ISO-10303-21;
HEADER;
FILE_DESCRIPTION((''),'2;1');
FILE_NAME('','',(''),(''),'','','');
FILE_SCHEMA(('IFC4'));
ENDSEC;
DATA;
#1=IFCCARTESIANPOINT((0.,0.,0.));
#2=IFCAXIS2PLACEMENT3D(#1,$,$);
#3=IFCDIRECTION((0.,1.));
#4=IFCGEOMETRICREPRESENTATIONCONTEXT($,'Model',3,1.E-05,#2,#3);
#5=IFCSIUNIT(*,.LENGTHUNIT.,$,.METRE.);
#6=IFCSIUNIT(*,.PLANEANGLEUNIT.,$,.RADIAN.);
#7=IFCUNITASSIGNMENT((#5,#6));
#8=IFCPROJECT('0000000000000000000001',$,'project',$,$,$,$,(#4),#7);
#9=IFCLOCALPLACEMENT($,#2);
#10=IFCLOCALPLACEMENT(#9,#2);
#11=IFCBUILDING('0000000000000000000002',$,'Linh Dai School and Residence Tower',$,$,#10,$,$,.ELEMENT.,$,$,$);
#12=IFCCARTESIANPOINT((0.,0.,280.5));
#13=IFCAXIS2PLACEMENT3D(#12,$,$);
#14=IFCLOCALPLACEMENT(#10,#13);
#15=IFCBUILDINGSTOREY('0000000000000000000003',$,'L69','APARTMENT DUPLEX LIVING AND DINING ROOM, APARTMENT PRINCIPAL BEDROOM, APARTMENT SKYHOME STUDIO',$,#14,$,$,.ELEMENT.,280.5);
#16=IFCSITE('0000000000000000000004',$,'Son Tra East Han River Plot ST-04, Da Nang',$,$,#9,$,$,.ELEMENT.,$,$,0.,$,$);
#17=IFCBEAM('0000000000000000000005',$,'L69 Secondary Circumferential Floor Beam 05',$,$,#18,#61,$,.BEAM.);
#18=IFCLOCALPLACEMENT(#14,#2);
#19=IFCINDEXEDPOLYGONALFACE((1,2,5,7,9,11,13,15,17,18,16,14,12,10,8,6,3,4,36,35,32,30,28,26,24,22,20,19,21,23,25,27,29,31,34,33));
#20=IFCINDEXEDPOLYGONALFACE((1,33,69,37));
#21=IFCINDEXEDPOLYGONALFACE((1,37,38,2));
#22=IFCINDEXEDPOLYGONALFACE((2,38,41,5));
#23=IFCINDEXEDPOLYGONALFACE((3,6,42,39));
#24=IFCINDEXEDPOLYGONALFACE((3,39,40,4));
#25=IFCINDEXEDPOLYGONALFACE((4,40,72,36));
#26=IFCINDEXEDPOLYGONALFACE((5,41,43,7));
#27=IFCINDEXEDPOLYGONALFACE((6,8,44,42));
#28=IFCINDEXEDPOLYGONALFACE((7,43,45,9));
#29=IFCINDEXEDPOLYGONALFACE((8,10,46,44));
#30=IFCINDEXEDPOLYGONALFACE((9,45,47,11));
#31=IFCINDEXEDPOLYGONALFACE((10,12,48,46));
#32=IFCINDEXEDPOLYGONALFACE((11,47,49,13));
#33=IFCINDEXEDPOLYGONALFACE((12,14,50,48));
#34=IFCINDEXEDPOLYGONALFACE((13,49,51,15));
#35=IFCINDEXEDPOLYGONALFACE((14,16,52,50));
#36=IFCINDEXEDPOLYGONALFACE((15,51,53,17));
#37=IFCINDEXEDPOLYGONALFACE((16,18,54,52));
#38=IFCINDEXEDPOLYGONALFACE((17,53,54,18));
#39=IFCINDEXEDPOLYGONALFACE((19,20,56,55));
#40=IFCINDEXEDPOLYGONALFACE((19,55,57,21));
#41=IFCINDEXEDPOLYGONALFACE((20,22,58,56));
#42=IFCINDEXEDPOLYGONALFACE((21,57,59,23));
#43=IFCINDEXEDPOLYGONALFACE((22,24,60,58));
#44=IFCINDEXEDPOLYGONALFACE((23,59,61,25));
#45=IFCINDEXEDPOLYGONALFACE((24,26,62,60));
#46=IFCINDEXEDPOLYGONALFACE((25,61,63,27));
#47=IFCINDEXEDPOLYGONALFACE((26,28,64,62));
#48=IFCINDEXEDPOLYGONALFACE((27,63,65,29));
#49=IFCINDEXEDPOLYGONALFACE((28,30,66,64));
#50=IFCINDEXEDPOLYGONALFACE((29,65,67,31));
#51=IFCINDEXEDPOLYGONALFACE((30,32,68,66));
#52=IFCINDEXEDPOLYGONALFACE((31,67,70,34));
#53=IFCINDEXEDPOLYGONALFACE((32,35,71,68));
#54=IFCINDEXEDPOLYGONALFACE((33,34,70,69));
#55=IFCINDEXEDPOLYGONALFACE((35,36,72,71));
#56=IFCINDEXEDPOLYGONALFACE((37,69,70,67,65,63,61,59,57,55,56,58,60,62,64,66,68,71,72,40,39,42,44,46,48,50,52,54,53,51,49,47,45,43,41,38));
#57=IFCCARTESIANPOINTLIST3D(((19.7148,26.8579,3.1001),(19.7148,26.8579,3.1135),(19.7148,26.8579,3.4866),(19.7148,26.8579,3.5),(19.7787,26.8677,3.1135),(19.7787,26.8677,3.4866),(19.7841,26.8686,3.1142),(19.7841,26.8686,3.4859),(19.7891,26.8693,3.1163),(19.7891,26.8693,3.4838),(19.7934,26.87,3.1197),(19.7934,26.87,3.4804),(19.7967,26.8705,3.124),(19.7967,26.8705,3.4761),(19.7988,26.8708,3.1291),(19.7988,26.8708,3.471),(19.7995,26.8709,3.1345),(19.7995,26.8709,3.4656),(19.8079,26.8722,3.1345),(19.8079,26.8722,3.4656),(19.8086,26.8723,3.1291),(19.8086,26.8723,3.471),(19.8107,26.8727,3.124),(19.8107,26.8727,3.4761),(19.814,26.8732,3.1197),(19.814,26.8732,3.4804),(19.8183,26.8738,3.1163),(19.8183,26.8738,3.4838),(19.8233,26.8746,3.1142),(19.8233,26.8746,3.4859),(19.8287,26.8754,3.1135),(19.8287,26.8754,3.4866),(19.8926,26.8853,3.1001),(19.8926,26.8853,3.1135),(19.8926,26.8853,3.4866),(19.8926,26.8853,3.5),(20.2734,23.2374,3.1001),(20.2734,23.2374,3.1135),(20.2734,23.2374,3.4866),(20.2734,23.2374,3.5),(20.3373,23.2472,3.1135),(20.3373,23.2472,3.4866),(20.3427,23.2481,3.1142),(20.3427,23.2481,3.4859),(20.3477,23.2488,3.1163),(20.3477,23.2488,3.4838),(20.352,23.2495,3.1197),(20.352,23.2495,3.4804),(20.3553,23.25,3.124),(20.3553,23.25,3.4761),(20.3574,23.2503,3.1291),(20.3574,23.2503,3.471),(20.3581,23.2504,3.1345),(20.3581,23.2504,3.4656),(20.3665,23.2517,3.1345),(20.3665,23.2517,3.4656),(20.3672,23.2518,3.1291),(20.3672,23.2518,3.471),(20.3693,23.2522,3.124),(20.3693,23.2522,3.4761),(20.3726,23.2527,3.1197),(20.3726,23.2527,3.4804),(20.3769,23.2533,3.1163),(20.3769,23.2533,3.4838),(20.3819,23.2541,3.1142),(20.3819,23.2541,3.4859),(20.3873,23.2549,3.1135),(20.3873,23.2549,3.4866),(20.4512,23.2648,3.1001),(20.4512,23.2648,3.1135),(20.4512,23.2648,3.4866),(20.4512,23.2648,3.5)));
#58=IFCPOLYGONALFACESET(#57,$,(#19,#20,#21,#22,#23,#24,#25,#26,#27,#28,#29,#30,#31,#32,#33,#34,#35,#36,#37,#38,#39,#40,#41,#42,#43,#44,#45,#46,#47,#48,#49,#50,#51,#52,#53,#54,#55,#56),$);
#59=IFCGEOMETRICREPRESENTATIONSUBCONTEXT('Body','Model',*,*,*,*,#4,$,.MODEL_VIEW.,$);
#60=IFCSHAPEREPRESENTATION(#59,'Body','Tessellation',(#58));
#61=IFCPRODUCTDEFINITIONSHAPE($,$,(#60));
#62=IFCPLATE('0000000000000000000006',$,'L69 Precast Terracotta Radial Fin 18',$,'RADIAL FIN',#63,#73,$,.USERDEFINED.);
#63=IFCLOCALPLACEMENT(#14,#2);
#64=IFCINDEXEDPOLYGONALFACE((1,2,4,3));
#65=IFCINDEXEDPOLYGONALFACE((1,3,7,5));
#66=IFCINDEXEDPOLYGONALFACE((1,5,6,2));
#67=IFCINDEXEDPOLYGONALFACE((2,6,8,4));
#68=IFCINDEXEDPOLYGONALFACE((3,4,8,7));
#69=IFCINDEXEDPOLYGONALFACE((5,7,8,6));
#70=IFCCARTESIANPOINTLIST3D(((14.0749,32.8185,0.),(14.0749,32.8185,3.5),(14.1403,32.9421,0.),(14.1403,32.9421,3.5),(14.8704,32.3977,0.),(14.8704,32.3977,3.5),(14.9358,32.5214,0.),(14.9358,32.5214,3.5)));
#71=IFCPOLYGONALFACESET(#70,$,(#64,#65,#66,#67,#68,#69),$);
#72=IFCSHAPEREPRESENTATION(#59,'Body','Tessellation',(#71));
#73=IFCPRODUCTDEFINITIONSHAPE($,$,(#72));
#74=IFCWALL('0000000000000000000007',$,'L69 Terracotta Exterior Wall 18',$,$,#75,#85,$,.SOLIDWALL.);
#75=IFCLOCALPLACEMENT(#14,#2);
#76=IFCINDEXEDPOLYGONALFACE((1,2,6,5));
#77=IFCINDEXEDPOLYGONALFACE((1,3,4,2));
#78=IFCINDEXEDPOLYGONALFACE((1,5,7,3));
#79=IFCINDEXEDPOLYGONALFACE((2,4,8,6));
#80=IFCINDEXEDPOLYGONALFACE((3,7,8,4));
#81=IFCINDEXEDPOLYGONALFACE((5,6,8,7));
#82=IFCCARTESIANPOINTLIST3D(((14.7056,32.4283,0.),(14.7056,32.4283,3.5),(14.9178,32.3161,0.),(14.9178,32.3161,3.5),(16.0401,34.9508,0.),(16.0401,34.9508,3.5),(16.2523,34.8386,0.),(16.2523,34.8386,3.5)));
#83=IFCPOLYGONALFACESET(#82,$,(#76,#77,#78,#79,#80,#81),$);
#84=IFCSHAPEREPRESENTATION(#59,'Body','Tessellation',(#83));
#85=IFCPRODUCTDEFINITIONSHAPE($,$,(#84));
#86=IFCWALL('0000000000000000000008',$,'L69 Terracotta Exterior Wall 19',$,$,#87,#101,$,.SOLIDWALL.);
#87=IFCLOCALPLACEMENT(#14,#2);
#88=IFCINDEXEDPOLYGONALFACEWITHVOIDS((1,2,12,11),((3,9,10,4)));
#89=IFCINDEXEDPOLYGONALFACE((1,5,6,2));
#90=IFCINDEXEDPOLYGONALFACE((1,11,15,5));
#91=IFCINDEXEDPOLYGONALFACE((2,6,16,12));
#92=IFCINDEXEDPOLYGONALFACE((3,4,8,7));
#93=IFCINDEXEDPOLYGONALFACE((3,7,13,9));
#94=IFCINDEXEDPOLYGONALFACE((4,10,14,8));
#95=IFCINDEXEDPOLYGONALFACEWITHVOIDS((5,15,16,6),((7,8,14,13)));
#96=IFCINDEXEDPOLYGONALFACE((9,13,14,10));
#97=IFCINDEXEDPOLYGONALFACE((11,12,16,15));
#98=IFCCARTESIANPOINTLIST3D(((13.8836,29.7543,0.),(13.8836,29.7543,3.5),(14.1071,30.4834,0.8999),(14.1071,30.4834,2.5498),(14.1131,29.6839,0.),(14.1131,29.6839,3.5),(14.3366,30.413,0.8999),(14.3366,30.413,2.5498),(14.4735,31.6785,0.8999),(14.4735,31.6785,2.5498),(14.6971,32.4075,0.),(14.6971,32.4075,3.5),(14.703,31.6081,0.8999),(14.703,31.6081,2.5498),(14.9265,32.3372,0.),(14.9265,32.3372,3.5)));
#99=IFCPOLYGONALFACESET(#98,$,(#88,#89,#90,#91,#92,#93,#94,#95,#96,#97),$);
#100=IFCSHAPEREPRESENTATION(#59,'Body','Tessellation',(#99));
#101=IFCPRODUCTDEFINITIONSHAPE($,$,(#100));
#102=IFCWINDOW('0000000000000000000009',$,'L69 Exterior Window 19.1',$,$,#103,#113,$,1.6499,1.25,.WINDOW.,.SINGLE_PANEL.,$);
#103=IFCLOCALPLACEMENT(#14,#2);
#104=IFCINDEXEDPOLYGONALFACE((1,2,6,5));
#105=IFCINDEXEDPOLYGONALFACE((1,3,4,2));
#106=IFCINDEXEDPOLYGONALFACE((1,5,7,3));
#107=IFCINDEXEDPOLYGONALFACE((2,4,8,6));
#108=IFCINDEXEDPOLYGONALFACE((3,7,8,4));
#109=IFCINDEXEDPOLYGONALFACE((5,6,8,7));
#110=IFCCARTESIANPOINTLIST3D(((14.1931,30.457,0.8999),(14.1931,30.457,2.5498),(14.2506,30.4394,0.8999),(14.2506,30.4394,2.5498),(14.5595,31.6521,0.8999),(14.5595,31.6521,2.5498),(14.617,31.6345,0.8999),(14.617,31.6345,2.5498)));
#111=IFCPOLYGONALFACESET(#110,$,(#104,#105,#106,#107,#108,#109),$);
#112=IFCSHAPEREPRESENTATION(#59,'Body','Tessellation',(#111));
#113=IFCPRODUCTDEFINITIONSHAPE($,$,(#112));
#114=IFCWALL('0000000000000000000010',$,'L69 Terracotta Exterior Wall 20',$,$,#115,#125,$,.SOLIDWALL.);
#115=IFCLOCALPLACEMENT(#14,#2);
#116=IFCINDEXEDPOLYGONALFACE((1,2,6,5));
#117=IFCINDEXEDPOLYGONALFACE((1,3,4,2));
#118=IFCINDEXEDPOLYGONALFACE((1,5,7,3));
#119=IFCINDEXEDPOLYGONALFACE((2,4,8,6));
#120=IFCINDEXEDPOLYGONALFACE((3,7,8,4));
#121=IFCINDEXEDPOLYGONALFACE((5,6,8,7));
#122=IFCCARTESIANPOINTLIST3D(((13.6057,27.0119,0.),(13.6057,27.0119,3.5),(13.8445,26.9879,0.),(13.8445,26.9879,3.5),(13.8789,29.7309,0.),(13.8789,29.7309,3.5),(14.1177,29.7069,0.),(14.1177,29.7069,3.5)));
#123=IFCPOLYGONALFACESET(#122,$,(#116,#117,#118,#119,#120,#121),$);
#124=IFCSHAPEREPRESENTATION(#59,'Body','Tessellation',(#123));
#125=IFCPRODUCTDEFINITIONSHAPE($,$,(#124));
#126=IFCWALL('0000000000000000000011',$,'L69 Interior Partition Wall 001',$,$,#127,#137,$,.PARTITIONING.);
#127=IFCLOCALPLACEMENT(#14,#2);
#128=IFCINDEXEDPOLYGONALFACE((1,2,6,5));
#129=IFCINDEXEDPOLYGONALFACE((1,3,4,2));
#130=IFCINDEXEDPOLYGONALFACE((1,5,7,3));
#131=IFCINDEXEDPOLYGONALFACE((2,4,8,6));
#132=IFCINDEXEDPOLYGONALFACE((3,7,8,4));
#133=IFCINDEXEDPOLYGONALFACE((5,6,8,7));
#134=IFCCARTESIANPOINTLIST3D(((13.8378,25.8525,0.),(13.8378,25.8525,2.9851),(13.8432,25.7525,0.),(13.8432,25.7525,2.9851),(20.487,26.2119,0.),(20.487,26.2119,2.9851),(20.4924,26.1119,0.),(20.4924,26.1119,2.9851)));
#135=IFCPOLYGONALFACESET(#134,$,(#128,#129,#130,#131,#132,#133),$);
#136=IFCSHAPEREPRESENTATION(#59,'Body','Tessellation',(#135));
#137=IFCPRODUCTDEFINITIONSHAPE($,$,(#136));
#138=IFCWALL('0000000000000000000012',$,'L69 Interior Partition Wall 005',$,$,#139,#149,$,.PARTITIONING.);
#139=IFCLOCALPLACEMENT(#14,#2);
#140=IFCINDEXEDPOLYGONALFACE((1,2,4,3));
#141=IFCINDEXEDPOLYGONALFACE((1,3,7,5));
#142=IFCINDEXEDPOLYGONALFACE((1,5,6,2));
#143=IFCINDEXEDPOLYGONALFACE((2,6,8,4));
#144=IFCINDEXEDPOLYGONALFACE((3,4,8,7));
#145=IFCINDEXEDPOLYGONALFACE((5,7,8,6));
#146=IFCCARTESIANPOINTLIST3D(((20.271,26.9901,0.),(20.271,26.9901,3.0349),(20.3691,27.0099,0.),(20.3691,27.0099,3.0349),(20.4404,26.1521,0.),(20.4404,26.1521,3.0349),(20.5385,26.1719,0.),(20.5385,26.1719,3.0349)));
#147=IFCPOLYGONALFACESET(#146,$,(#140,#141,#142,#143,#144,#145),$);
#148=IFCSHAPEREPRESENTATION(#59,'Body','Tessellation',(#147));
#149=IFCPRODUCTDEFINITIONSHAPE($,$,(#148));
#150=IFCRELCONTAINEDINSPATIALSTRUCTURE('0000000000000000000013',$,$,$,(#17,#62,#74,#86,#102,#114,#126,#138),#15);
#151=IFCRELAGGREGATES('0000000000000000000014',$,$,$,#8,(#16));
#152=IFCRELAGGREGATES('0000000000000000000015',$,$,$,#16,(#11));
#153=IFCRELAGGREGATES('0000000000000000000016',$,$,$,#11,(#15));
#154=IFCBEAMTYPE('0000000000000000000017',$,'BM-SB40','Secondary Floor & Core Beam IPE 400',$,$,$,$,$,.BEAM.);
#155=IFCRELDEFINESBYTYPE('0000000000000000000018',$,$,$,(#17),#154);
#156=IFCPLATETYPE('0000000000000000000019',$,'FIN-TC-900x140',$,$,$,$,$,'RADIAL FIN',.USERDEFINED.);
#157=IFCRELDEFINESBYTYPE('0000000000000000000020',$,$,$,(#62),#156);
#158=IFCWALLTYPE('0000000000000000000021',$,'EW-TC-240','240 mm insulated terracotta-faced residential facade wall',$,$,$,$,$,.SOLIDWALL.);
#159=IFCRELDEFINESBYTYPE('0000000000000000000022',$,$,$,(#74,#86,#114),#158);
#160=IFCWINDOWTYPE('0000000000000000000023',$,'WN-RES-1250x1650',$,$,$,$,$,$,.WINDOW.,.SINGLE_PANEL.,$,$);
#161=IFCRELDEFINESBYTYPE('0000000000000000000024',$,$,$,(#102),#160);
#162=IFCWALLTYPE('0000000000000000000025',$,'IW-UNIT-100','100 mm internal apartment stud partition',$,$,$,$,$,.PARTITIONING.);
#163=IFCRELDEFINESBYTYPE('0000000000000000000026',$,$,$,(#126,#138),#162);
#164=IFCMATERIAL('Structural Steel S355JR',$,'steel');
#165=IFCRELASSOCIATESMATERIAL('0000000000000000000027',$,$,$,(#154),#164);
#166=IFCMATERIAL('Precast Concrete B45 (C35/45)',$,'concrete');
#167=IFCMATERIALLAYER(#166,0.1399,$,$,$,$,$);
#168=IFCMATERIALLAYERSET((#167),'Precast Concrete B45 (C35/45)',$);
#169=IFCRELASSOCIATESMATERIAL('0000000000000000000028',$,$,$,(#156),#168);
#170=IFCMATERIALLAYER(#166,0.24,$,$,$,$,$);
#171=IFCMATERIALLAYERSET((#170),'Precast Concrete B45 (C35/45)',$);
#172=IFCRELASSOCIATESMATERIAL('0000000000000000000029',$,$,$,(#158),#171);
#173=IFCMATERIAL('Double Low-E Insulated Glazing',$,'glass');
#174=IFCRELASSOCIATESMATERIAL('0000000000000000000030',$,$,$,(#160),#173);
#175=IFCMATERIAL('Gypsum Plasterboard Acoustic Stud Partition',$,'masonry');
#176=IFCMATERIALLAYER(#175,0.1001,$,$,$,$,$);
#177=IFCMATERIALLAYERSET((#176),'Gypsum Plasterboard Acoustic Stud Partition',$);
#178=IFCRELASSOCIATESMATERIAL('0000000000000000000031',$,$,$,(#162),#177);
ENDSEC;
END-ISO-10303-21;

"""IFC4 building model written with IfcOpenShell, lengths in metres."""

from ifc_helpers import new_model, si_unit, direction, frame, frame_2d, origin, origin_2d, place, context, subcontext, project, spatial, rectangle, i_section, extrude, source, transform, mapped, material, layer, layer_set, material_profile, profile_set, type_object, element, fill, save


model = new_model("IFC4")

# Units and contexts
model_context = context("Model", 3, precision=1e-05, world=origin(), true_north=direction((0.0, 1.0)))
body_context = subcontext(model_context, "Body", "Model", "MODEL_VIEW")
ifc_project = project(units=[si_unit("LENGTHUNIT", "METRE"), si_unit("PLANEANGLEUNIT", "RADIAN")], contexts=[model_context])

# Site, building, storey
site_placement = place(None, origin())
site = spatial("IfcSite", under=ifc_project, at=site_placement, Name="Son Tra East Han River Plot ST-04, Da Nang", CompositionType="ELEMENT", RefElevation=0.0)
building_placement = place(site_placement, origin())
building = spatial("IfcBuilding", under=site, at=building_placement, Name="Linh Dai School and Residence Tower", CompositionType="ELEMENT")
storey_placement = place(building_placement, frame((0.0, 0.0, 280.5)))
storey = spatial("IfcBuildingStorey", under=building, at=storey_placement, Name="L69", Description="APARTMENT DUPLEX LIVING AND DINING ROOM, APARTMENT PRINCIPAL BEDROOM, APARTMENT SKYHOME STUDIO", CompositionType="ELEMENT", Elevation=280.5)

# Shared definitions
ifc_material_1 = material(Name="Structural Steel S355JR", Category="steel")

# Beam
ifc_material_profile_1 = material_profile(ifc_material_1, i_section(OverallWidth=0.1799, OverallDepth=0.3999, WebThickness=0.0085, FlangeThickness=0.0134, FilletRadius=0.021, at=origin_2d()), Name="IPE 400")
ifc_profile_set_1 = profile_set([ifc_material_profile_1], Name="Structural Steel S355JR")
beam_type_1 = type_object("IfcBeamType", Name="BM-SB40", Description="Secondary Floor & Core Beam IPE 400", PredefinedType="BEAM", material=ifc_profile_set_1)
beam_1_placement = place(storey_placement, frame((19.8037, 26.8716, 3.3), z_axis=(0.152478, -0.988307, 0.0), x_axis=(0.988307, 0.152478, 0.0)))
element("IfcBeam", 1, at=beam_1_placement, inside=storey, type_object=beam_type_1, Name="L69 Secondary Circumferential Floor Beam 05", PredefinedType="BEAM", context=body_context, shape_type="SweptSolid", body=[
    extrude(i_section(OverallWidth=0.1799, OverallDepth=0.3999, WebThickness=0.0085, FlangeThickness=0.0134, FilletRadius=0.021, at=origin_2d()), origin(), (0.0, 0.0, 1.0), 3.6633),
])

# Plate
ifc_material_2 = material(Name="Precast Concrete B45 (C35/45)", Category="concrete")
ifc_layer_1 = layer(ifc_material_2, 0.1399)
ifc_layer_set_1 = layer_set([ifc_layer_1], Name="Precast Concrete B45 (C35/45)")
plate_type = type_object("IfcPlateType", Name="FIN-TC-900x140", ElementType="RADIAL FIN", PredefinedType="USERDEFINED", material=ifc_layer_set_1)
shared_shape_1 = source(origin(), body_context, "Body", "SweptSolid", [
    extrude(rectangle(XDim=0.8999, YDim=0.1399, at=origin_2d()), origin(), (0.0, 0.0, 1.0), 3.5),
])
plate_placement = place(storey_placement, frame((14.5054, 32.6699, 0.0), z_axis=(0.0, 0.0, 1.0), x_axis=(-0.883938, 0.467604, 0.0)))
element("IfcPlate", 2, at=plate_placement, inside=storey, type_object=plate_type, Name="L69 Precast Terracotta Radial Fin 18", ObjectType="RADIAL FIN", PredefinedType="USERDEFINED", context=body_context, shape_type="MappedRepresentation", body=[
    mapped(shared_shape_1, transform((0.0, 0.0, 0.0), x_axis=(1.0, 0.0, 0.0), y_axis=(0.0, 1.0, 0.0), z_axis=(0.0, 0.0, 1.0), scale=1.0)),
])

# Wall
ifc_layer_2 = layer(ifc_material_2, 0.24)
ifc_layer_set_2 = layer_set([ifc_layer_2], Name="Precast Concrete B45 (C35/45)")
wall_type_1 = type_object("IfcWallType", Name="EW-TC-240", Description="240 mm insulated terracotta-faced residential facade wall", PredefinedType="SOLIDWALL", material=ifc_layer_set_2)
wall_1_placement = place(storey_placement, frame((14.8118, 32.3723, 0.0), z_axis=(0.0, 0.0, 1.0), x_axis=(0.467628, 0.883925, 0.0)))
element("IfcWall", 3, at=wall_1_placement, inside=storey, type_object=wall_type_1, Name="L69 Terracotta Exterior Wall 18", PredefinedType="SOLIDWALL", context=body_context, shape_type="SweptSolid", body=[
    extrude(rectangle(XDim=2.8538, YDim=0.24, at=frame_2d((1.4268, 0.0))), origin(), (0.0, 0.0, 1.0), 3.5),
])

# Wall, opening, window
wall_2_placement = place(storey_placement, frame((13.9983, 29.719, 0.0), z_axis=(0.0, 0.0, 1.0), x_axis=(0.293121, 0.956075, 0.0)))
wall_2 = element("IfcWall", 4, at=wall_2_placement, inside=storey, type_object=wall_type_1, Name="L69 Terracotta Exterior Wall 19", PredefinedType="SOLIDWALL", context=body_context, shape_type="SweptSolid", body=[
    extrude(rectangle(XDim=2.7751, YDim=0.24, at=frame_2d((1.3877, 0.0))), origin(), (0.0, 0.0, 1.0), 3.5),
])
opening_1_placement = place(wall_2_placement, frame((0.7627, 0.0, 0.8999)))
opening_1 = element("IfcOpeningElement", 5, at=opening_1_placement, cuts=wall_2, PredefinedType="OPENING", context=body_context, shape_type="SweptSolid", body=[
    extrude(rectangle(XDim=1.25, YDim=1.6499, at=origin_2d()), frame((0.625, 0.1299, 0.825), z_axis=(0.0, -1.0, 0.0), x_axis=(1.0, 0.0, 0.0)), (0.0, 0.0, 1.0), 0.26),
])
ifc_material_3 = material(Name="Double Low-E Insulated Glazing", Category="glass")
window_type = type_object("IfcWindowType", Name="WN-RES-1250x1650", PartitioningType="SINGLE_PANEL", PredefinedType="WINDOW", material=ifc_material_3)
shared_shape_2 = source(origin(), body_context, "Body", "SweptSolid", [
    extrude(rectangle(XDim=1.25, YDim=1.6499, at=origin_2d()), frame((0.625, 0.03, 0.825), z_axis=(0.0, -1.0, 0.0), x_axis=(1.0, 0.0, 0.0)), (0.0, 0.0, 1.0), 0.0601),
])
window_placement = place(opening_1_placement, origin())
window = element("IfcWindow", 6, at=window_placement, inside=storey, type_object=window_type, Name="L69 Exterior Window 19.1", OverallHeight=1.6499, OverallWidth=1.25, PartitioningType="SINGLE_PANEL", PredefinedType="WINDOW", context=body_context, shape_type="MappedRepresentation", body=[
    mapped(shared_shape_2, transform((0.0, 0.0, 0.0), x_axis=(1.0, 0.0, 0.0), y_axis=(0.0, 1.0, 0.0), z_axis=(0.0, 0.0, 1.0), scale=1.0)),
])
fill(opening_1, window)

# Walls
wall_3_placement = place(storey_placement, frame((13.7251, 27.0, 0.0), z_axis=(0.0, 0.0, 1.0), x_axis=(0.099973, 0.99499, 0.0)))
element("IfcWall", 7, at=wall_3_placement, inside=storey, type_object=wall_type_1, Name="L69 Terracotta Exterior Wall 20", PredefinedType="SOLIDWALL", context=body_context, shape_type="SweptSolid", body=[
    extrude(rectangle(XDim=2.7327, YDim=0.24, at=frame_2d((1.3662, 0.0))), origin(), (0.0, 0.0, 1.0), 3.5),
])
ifc_material_4 = material(Name="Gypsum Plasterboard Acoustic Stud Partition", Category="masonry")
ifc_layer_3 = layer(ifc_material_4, 0.1001)
ifc_layer_set_3 = layer_set([ifc_layer_3], Name="Gypsum Plasterboard Acoustic Stud Partition")
wall_type_2 = type_object("IfcWallType", Name="IW-UNIT-100", Description="100 mm internal apartment stud partition", PredefinedType="PARTITIONING", material=ifc_layer_set_3)
wall_4_placement = place(storey_placement, frame((13.8403, 25.8025, 0.0), z_axis=(0.0, 0.0, 1.0), x_axis=(0.998543, 0.053969, 0.0)))
element("IfcWall", 8, at=wall_4_placement, inside=storey, type_object=wall_type_2, Name="L69 Interior Partition Wall 001", PredefinedType="PARTITIONING", context=body_context, shape_type="SweptSolid", body=[
    extrude(rectangle(XDim=6.6589, YDim=0.1001, at=frame_2d((3.3296, 0.0))), origin(), (0.0, 0.0, 1.0), 2.9851),
])
wall_5_placement = place(storey_placement, frame((20.3201, 27.0, 0.0), z_axis=(0.0, 0.0, 1.0), x_axis=(0.198147, -0.980172, 0.0)))
element("IfcWall", 9, at=wall_5_placement, inside=storey, type_object=wall_type_2, Name="L69 Interior Partition Wall 005", PredefinedType="PARTITIONING", context=body_context, shape_type="SweptSolid", body=[
    extrude(rectangle(XDim=0.855, YDim=0.1001, at=frame_2d((0.4275, 0.0))), origin(), (0.0, 0.0, 1.0), 3.0349),
])

save(model, "model.ifc")
